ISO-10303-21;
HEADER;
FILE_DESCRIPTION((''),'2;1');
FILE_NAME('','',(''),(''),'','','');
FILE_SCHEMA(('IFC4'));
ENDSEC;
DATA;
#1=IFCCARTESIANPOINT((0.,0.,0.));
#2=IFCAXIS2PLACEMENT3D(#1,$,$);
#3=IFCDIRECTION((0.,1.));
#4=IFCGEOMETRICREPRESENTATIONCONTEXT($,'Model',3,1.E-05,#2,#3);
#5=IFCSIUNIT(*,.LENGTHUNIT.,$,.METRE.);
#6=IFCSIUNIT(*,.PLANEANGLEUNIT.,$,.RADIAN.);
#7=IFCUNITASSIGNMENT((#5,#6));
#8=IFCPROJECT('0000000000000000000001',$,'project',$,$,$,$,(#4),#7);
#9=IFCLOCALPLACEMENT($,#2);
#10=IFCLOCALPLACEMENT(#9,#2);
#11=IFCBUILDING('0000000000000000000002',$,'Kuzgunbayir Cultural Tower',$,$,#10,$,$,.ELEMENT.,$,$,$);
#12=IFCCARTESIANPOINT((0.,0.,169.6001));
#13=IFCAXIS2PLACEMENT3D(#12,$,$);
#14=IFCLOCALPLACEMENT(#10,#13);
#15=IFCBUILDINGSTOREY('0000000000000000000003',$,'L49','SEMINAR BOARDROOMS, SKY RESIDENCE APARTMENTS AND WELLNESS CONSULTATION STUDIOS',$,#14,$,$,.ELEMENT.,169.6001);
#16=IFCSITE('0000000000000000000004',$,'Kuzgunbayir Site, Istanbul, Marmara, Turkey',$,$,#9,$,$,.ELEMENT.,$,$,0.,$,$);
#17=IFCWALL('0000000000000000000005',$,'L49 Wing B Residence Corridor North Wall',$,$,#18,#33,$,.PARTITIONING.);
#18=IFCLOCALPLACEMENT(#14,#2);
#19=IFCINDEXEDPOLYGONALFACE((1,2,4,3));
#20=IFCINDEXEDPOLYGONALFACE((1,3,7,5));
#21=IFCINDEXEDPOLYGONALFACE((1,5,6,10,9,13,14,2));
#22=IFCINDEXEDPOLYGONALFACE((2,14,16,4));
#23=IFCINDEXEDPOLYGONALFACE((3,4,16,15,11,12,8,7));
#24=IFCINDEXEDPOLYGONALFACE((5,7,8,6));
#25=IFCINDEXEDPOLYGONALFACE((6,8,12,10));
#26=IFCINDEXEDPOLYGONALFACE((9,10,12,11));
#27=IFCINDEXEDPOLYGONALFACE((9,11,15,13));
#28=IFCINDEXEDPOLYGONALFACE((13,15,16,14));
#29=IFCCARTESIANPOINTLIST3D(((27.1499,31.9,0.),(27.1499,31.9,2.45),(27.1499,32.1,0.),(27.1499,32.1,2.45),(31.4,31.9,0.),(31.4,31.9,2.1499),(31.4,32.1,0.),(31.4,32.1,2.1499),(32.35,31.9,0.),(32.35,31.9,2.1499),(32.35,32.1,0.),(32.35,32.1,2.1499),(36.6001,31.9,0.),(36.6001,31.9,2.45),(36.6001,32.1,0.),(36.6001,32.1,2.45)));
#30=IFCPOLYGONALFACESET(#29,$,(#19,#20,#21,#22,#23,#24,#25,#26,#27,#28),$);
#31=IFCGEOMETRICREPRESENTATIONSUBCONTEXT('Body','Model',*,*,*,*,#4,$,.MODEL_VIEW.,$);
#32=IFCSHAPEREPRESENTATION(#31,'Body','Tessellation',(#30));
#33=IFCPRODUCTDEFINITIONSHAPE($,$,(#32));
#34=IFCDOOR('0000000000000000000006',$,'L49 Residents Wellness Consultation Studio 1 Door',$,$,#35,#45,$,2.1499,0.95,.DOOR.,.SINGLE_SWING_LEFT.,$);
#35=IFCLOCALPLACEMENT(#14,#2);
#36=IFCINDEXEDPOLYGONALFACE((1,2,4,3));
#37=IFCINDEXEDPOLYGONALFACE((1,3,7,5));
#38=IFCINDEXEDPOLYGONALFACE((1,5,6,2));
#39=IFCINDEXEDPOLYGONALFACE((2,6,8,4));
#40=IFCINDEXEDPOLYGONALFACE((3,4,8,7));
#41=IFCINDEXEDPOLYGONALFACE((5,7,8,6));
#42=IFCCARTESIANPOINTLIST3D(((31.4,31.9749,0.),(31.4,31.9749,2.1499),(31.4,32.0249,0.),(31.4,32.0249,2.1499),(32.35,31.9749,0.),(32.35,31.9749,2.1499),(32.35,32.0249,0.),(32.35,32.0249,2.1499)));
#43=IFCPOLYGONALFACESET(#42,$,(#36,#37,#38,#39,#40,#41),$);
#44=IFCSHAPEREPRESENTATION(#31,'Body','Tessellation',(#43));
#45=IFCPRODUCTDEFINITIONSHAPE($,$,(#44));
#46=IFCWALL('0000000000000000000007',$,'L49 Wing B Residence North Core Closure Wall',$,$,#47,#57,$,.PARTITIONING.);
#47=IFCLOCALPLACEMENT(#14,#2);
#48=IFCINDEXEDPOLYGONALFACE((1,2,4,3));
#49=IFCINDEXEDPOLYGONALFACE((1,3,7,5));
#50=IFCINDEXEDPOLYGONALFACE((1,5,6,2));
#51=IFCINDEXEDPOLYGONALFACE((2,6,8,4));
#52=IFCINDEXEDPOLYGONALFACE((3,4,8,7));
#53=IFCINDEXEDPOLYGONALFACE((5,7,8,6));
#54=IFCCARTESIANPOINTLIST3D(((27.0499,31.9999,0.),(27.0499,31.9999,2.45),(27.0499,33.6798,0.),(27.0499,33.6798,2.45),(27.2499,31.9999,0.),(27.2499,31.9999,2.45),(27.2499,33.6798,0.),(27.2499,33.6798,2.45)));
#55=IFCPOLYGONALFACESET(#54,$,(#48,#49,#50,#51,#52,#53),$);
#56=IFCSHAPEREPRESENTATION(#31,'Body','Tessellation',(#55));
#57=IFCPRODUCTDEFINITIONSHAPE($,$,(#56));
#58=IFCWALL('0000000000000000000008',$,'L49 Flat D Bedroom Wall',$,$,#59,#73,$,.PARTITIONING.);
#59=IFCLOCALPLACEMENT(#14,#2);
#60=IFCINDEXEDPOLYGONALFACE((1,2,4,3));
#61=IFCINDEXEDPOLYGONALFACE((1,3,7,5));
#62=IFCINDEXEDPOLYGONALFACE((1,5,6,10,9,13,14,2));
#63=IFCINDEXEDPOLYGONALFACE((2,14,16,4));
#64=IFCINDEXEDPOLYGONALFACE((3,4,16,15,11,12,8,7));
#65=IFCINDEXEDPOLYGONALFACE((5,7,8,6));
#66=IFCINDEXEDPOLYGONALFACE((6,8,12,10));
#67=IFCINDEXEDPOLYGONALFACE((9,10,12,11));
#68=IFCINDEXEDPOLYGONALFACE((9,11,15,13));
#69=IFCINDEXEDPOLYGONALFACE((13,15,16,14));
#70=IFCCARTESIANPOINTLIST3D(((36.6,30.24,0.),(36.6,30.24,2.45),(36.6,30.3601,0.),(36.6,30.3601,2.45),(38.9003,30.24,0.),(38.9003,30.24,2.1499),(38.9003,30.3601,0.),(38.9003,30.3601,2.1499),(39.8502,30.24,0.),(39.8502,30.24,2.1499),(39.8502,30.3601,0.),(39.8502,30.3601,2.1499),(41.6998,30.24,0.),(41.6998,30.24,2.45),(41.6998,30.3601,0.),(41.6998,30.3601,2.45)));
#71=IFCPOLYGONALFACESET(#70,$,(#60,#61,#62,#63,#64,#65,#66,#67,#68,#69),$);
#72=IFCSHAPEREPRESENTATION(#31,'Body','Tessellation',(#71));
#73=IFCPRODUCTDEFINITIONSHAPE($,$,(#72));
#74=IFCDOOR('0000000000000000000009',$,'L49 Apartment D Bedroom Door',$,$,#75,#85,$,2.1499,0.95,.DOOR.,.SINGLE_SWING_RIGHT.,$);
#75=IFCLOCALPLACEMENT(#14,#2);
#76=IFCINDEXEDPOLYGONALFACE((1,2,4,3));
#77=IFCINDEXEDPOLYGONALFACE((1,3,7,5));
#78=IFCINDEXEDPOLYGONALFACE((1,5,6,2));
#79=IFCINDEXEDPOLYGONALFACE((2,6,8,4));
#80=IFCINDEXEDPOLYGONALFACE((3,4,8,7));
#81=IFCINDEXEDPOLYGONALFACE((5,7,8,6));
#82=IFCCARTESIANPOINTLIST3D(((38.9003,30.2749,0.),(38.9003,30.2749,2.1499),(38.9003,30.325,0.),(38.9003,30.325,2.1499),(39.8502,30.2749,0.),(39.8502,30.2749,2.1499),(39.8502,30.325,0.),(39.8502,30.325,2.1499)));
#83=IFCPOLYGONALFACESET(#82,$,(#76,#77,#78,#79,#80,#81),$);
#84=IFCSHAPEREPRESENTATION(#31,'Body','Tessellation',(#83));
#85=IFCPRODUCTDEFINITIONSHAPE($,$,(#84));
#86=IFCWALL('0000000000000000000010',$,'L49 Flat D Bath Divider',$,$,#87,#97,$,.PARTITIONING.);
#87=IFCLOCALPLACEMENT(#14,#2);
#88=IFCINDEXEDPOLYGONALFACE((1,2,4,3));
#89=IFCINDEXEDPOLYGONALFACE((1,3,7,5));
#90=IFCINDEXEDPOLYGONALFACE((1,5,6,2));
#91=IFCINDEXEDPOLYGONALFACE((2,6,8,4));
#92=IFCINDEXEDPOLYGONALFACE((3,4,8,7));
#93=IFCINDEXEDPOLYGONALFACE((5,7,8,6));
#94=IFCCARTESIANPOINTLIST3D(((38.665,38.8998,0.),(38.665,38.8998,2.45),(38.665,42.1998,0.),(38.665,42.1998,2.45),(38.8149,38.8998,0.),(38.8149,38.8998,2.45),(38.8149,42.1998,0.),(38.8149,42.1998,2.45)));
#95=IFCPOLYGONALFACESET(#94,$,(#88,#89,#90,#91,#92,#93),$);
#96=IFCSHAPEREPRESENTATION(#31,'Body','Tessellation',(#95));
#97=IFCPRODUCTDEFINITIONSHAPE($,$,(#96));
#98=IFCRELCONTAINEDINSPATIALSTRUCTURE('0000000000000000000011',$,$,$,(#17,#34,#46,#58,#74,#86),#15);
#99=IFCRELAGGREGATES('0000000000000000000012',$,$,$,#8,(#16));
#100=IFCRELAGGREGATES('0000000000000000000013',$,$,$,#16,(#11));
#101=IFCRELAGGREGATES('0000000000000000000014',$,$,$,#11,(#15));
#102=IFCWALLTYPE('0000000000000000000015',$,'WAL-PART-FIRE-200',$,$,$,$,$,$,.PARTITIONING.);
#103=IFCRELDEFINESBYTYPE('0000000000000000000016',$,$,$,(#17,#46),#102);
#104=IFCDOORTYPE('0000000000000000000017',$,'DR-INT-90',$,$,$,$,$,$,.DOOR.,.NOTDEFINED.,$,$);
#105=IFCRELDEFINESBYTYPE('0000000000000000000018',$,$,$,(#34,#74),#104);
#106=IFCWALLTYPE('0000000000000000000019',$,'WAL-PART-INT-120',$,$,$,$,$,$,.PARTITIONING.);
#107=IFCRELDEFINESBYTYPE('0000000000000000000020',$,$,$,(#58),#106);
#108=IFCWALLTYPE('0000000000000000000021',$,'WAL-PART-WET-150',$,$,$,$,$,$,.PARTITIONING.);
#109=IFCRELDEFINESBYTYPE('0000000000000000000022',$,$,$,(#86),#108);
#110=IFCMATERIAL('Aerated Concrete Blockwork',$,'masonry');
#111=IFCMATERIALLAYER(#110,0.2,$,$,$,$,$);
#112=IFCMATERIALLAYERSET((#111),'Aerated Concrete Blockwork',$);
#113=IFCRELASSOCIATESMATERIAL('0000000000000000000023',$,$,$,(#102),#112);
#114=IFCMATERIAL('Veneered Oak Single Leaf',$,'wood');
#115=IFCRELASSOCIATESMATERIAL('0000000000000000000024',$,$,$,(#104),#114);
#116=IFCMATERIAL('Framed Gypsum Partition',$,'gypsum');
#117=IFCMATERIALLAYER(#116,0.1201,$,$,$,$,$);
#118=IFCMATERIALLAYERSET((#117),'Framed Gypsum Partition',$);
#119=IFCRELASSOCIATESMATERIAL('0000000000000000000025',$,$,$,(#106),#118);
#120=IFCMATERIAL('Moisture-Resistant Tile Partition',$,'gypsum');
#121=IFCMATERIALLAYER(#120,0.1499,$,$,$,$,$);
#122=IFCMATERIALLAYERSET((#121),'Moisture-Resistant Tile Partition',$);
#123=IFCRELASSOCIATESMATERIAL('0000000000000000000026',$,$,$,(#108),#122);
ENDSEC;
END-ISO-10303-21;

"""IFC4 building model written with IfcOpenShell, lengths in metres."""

from ifc_helpers import new_model, si_unit, direction, frame, frame_2d, origin, place, context, subcontext, project, spatial, rectangle, extrude, material, layer, layer_set, type_object, element, fill, save


model = new_model("IFC4")

# Units and contexts
model_context = context("Model", 3, precision=1e-05, world=origin(), true_north=direction((0.0, 1.0)))
body_context = subcontext(model_context, "Body", "Model", "MODEL_VIEW")
ifc_project = project(units=[si_unit("LENGTHUNIT", "METRE"), si_unit("PLANEANGLEUNIT", "RADIAN")], contexts=[model_context])

# Site, building, storey
site_placement = place(None, origin())
site = spatial("IfcSite", under=ifc_project, at=site_placement, Name="Kuzgunbayir Site, Istanbul, Marmara, Turkey", CompositionType="ELEMENT", RefElevation=0.0)
building_placement = place(site_placement, origin())
building = spatial("IfcBuilding", under=site, at=building_placement, Name="Kuzgunbayir Cultural Tower", CompositionType="ELEMENT")
storey_placement = place(building_placement, frame((0.0, 0.0, 169.6001)))
storey = spatial("IfcBuildingStorey", under=building, at=storey_placement, Name="L49", Description="SEMINAR BOARDROOMS, SKY RESIDENCE APARTMENTS AND WELLNESS CONSULTATION STUDIOS", CompositionType="ELEMENT", Elevation=169.6001)

# Shared definitions
ifc_material_1 = material(Name="Aerated Concrete Blockwork", Category="masonry")
ifc_layer_1 = layer(ifc_material_1, 0.2)
ifc_layer_set_1 = layer_set([ifc_layer_1], Name="Aerated Concrete Blockwork")
wall_type_1 = type_object("IfcWallType", Name="WAL-PART-FIRE-200", PredefinedType="PARTITIONING", material=ifc_layer_set_1)
ifc_material_2 = material(Name="Veneered Oak Single Leaf", Category="wood")
door_type_1 = type_object("IfcDoorType", Name="DR-INT-90", OperationType="NOTDEFINED", PredefinedType="DOOR", material=ifc_material_2)

# Wall, opening, door
wall_1_placement = place(storey_placement, frame((27.1499, 32.0, 0.0), z_axis=(0.0, 0.0, 1.0), x_axis=(1.0, 0.0, 0.0)))
wall_1 = element("IfcWall", 1, at=wall_1_placement, inside=storey, type_object=wall_type_1, Name="L49 Wing B Residence Corridor North Wall", PredefinedType="PARTITIONING", context=body_context, shape_type="SweptSolid", body=[
    extrude(rectangle(XDim=9.4502, YDim=0.2, at=frame_2d((4.7251, 0.0))), origin(), (0.0, 0.0, 1.0), 2.45),
])
opening_1_placement = place(wall_1_placement, frame((4.25, 0.0, 0.0)))
opening_1 = element("IfcOpeningElement", 2, at=opening_1_placement, cuts=wall_1, PredefinedType="OPENING", context=body_context, shape_type="SweptSolid", body=[
    extrude(rectangle(XDim=0.95, YDim=2.1499, at=frame_2d((0.4751, 1.075))), frame((0.0, 0.1099, 0.0), z_axis=(0.0, -1.0, 0.0), x_axis=(1.0, 0.0, 0.0)), (0.0, 0.0, 1.0), 0.22),
])
door_1_placement = place(opening_1_placement, origin())
door_1 = element("IfcDoor", 3, at=door_1_placement, inside=storey, type_object=door_type_1, Name="L49 Residents Wellness Consultation Studio 1 Door", OperationType="SINGLE_SWING_LEFT", OverallHeight=2.1499, OverallWidth=0.95, PredefinedType="DOOR", context=body_context, shape_type="SweptSolid", body=[
    extrude(rectangle(XDim=0.95, YDim=2.1499, at=frame_2d((0.4751, 1.075))), frame((0.0, 0.0249, 0.0), z_axis=(0.0, -1.0, 0.0), x_axis=(1.0, 0.0, 0.0)), (0.0, 0.0, 1.0), 0.05),
])
fill(opening_1, door_1)

# Wall
wall_2_placement = place(storey_placement, frame((27.1499, 32.0, 0.0), z_axis=(0.0, 0.0, 1.0), x_axis=(0.0, 1.0, 0.0)))
element("IfcWall", 4, at=wall_2_placement, inside=storey, type_object=wall_type_1, Name="L49 Wing B Residence North Core Closure Wall", PredefinedType="PARTITIONING", context=body_context, shape_type="SweptSolid", body=[
    extrude(rectangle(XDim=1.6799, YDim=0.2, at=frame_2d((0.8398, 0.0))), origin(), (0.0, 0.0, 1.0), 2.45),
])

# Wall, opening, door
ifc_material_3 = material(Name="Framed Gypsum Partition", Category="gypsum")
ifc_layer_2 = layer(ifc_material_3, 0.1201)
ifc_layer_set_2 = layer_set([ifc_layer_2], Name="Framed Gypsum Partition")
wall_type_2 = type_object("IfcWallType", Name="WAL-PART-INT-120", PredefinedType="PARTITIONING", material=ifc_layer_set_2)
wall_3_placement = place(storey_placement, frame((36.6001, 30.3, 0.0), z_axis=(0.0, 0.0, 1.0), x_axis=(1.0, 0.0, 0.0)))
wall_3 = element("IfcWall", 5, at=wall_3_placement, inside=storey, type_object=wall_type_2, Name="L49 Flat D Bedroom Wall", PredefinedType="PARTITIONING", context=body_context, shape_type="SweptSolid", body=[
    extrude(rectangle(XDim=5.0999, YDim=0.1201, at=frame_2d((2.5498, 0.0))), origin(), (0.0, 0.0, 1.0), 2.45),
])
opening_2_placement = place(wall_3_placement, frame((2.3, 0.0, 0.0)))
opening_2 = element("IfcOpeningElement", 6, at=opening_2_placement, cuts=wall_3, PredefinedType="OPENING", context=body_context, shape_type="SweptSolid", body=[
    extrude(rectangle(XDim=0.95, YDim=2.1499, at=frame_2d((0.4751, 1.075))), frame((0.0, 0.0701, 0.0), z_axis=(0.0, -1.0, 0.0), x_axis=(1.0, 0.0, 0.0)), (0.0, 0.0, 1.0), 0.1401),
])
door_2_placement = place(opening_2_placement, origin())
door_2 = element("IfcDoor", 7, at=door_2_placement, inside=storey, type_object=door_type_1, Name="L49 Apartment D Bedroom Door", OperationType="SINGLE_SWING_RIGHT", OverallHeight=2.1499, OverallWidth=0.95, PredefinedType="DOOR", context=body_context, shape_type="SweptSolid", body=[
    extrude(rectangle(XDim=0.95, YDim=2.1499, at=frame_2d((0.4751, 1.075))), frame((0.0, 0.0249, 0.0), z_axis=(0.0, -1.0, 0.0), x_axis=(1.0, 0.0, 0.0)), (0.0, 0.0, 1.0), 0.05),
])
fill(opening_2, door_2)

# Shared definitions
ifc_material_4 = material(Name="Moisture-Resistant Tile Partition", Category="gypsum")
ifc_layer_3 = layer(ifc_material_4, 0.1499)
ifc_layer_set_3 = layer_set([ifc_layer_3], Name="Moisture-Resistant Tile Partition")
wall_type_3 = type_object("IfcWallType", Name="WAL-PART-WET-150", PredefinedType="PARTITIONING", material=ifc_layer_set_3)

# Wall
wall_4_placement = place(storey_placement, frame((38.74, 38.8999, 0.0), z_axis=(0.0, 0.0, 1.0), x_axis=(0.0, 1.0, 0.0)))
element("IfcWall", 8, at=wall_4_placement, inside=storey, type_object=wall_type_3, Name="L49 Flat D Bath Divider", PredefinedType="PARTITIONING", context=body_context, shape_type="SweptSolid", body=[
    extrude(rectangle(XDim=3.3, YDim=0.1499, at=frame_2d((1.6499, 0.0))), origin(), (0.0, 0.0, 1.0), 2.45),
])

save(model, "model.ifc")
